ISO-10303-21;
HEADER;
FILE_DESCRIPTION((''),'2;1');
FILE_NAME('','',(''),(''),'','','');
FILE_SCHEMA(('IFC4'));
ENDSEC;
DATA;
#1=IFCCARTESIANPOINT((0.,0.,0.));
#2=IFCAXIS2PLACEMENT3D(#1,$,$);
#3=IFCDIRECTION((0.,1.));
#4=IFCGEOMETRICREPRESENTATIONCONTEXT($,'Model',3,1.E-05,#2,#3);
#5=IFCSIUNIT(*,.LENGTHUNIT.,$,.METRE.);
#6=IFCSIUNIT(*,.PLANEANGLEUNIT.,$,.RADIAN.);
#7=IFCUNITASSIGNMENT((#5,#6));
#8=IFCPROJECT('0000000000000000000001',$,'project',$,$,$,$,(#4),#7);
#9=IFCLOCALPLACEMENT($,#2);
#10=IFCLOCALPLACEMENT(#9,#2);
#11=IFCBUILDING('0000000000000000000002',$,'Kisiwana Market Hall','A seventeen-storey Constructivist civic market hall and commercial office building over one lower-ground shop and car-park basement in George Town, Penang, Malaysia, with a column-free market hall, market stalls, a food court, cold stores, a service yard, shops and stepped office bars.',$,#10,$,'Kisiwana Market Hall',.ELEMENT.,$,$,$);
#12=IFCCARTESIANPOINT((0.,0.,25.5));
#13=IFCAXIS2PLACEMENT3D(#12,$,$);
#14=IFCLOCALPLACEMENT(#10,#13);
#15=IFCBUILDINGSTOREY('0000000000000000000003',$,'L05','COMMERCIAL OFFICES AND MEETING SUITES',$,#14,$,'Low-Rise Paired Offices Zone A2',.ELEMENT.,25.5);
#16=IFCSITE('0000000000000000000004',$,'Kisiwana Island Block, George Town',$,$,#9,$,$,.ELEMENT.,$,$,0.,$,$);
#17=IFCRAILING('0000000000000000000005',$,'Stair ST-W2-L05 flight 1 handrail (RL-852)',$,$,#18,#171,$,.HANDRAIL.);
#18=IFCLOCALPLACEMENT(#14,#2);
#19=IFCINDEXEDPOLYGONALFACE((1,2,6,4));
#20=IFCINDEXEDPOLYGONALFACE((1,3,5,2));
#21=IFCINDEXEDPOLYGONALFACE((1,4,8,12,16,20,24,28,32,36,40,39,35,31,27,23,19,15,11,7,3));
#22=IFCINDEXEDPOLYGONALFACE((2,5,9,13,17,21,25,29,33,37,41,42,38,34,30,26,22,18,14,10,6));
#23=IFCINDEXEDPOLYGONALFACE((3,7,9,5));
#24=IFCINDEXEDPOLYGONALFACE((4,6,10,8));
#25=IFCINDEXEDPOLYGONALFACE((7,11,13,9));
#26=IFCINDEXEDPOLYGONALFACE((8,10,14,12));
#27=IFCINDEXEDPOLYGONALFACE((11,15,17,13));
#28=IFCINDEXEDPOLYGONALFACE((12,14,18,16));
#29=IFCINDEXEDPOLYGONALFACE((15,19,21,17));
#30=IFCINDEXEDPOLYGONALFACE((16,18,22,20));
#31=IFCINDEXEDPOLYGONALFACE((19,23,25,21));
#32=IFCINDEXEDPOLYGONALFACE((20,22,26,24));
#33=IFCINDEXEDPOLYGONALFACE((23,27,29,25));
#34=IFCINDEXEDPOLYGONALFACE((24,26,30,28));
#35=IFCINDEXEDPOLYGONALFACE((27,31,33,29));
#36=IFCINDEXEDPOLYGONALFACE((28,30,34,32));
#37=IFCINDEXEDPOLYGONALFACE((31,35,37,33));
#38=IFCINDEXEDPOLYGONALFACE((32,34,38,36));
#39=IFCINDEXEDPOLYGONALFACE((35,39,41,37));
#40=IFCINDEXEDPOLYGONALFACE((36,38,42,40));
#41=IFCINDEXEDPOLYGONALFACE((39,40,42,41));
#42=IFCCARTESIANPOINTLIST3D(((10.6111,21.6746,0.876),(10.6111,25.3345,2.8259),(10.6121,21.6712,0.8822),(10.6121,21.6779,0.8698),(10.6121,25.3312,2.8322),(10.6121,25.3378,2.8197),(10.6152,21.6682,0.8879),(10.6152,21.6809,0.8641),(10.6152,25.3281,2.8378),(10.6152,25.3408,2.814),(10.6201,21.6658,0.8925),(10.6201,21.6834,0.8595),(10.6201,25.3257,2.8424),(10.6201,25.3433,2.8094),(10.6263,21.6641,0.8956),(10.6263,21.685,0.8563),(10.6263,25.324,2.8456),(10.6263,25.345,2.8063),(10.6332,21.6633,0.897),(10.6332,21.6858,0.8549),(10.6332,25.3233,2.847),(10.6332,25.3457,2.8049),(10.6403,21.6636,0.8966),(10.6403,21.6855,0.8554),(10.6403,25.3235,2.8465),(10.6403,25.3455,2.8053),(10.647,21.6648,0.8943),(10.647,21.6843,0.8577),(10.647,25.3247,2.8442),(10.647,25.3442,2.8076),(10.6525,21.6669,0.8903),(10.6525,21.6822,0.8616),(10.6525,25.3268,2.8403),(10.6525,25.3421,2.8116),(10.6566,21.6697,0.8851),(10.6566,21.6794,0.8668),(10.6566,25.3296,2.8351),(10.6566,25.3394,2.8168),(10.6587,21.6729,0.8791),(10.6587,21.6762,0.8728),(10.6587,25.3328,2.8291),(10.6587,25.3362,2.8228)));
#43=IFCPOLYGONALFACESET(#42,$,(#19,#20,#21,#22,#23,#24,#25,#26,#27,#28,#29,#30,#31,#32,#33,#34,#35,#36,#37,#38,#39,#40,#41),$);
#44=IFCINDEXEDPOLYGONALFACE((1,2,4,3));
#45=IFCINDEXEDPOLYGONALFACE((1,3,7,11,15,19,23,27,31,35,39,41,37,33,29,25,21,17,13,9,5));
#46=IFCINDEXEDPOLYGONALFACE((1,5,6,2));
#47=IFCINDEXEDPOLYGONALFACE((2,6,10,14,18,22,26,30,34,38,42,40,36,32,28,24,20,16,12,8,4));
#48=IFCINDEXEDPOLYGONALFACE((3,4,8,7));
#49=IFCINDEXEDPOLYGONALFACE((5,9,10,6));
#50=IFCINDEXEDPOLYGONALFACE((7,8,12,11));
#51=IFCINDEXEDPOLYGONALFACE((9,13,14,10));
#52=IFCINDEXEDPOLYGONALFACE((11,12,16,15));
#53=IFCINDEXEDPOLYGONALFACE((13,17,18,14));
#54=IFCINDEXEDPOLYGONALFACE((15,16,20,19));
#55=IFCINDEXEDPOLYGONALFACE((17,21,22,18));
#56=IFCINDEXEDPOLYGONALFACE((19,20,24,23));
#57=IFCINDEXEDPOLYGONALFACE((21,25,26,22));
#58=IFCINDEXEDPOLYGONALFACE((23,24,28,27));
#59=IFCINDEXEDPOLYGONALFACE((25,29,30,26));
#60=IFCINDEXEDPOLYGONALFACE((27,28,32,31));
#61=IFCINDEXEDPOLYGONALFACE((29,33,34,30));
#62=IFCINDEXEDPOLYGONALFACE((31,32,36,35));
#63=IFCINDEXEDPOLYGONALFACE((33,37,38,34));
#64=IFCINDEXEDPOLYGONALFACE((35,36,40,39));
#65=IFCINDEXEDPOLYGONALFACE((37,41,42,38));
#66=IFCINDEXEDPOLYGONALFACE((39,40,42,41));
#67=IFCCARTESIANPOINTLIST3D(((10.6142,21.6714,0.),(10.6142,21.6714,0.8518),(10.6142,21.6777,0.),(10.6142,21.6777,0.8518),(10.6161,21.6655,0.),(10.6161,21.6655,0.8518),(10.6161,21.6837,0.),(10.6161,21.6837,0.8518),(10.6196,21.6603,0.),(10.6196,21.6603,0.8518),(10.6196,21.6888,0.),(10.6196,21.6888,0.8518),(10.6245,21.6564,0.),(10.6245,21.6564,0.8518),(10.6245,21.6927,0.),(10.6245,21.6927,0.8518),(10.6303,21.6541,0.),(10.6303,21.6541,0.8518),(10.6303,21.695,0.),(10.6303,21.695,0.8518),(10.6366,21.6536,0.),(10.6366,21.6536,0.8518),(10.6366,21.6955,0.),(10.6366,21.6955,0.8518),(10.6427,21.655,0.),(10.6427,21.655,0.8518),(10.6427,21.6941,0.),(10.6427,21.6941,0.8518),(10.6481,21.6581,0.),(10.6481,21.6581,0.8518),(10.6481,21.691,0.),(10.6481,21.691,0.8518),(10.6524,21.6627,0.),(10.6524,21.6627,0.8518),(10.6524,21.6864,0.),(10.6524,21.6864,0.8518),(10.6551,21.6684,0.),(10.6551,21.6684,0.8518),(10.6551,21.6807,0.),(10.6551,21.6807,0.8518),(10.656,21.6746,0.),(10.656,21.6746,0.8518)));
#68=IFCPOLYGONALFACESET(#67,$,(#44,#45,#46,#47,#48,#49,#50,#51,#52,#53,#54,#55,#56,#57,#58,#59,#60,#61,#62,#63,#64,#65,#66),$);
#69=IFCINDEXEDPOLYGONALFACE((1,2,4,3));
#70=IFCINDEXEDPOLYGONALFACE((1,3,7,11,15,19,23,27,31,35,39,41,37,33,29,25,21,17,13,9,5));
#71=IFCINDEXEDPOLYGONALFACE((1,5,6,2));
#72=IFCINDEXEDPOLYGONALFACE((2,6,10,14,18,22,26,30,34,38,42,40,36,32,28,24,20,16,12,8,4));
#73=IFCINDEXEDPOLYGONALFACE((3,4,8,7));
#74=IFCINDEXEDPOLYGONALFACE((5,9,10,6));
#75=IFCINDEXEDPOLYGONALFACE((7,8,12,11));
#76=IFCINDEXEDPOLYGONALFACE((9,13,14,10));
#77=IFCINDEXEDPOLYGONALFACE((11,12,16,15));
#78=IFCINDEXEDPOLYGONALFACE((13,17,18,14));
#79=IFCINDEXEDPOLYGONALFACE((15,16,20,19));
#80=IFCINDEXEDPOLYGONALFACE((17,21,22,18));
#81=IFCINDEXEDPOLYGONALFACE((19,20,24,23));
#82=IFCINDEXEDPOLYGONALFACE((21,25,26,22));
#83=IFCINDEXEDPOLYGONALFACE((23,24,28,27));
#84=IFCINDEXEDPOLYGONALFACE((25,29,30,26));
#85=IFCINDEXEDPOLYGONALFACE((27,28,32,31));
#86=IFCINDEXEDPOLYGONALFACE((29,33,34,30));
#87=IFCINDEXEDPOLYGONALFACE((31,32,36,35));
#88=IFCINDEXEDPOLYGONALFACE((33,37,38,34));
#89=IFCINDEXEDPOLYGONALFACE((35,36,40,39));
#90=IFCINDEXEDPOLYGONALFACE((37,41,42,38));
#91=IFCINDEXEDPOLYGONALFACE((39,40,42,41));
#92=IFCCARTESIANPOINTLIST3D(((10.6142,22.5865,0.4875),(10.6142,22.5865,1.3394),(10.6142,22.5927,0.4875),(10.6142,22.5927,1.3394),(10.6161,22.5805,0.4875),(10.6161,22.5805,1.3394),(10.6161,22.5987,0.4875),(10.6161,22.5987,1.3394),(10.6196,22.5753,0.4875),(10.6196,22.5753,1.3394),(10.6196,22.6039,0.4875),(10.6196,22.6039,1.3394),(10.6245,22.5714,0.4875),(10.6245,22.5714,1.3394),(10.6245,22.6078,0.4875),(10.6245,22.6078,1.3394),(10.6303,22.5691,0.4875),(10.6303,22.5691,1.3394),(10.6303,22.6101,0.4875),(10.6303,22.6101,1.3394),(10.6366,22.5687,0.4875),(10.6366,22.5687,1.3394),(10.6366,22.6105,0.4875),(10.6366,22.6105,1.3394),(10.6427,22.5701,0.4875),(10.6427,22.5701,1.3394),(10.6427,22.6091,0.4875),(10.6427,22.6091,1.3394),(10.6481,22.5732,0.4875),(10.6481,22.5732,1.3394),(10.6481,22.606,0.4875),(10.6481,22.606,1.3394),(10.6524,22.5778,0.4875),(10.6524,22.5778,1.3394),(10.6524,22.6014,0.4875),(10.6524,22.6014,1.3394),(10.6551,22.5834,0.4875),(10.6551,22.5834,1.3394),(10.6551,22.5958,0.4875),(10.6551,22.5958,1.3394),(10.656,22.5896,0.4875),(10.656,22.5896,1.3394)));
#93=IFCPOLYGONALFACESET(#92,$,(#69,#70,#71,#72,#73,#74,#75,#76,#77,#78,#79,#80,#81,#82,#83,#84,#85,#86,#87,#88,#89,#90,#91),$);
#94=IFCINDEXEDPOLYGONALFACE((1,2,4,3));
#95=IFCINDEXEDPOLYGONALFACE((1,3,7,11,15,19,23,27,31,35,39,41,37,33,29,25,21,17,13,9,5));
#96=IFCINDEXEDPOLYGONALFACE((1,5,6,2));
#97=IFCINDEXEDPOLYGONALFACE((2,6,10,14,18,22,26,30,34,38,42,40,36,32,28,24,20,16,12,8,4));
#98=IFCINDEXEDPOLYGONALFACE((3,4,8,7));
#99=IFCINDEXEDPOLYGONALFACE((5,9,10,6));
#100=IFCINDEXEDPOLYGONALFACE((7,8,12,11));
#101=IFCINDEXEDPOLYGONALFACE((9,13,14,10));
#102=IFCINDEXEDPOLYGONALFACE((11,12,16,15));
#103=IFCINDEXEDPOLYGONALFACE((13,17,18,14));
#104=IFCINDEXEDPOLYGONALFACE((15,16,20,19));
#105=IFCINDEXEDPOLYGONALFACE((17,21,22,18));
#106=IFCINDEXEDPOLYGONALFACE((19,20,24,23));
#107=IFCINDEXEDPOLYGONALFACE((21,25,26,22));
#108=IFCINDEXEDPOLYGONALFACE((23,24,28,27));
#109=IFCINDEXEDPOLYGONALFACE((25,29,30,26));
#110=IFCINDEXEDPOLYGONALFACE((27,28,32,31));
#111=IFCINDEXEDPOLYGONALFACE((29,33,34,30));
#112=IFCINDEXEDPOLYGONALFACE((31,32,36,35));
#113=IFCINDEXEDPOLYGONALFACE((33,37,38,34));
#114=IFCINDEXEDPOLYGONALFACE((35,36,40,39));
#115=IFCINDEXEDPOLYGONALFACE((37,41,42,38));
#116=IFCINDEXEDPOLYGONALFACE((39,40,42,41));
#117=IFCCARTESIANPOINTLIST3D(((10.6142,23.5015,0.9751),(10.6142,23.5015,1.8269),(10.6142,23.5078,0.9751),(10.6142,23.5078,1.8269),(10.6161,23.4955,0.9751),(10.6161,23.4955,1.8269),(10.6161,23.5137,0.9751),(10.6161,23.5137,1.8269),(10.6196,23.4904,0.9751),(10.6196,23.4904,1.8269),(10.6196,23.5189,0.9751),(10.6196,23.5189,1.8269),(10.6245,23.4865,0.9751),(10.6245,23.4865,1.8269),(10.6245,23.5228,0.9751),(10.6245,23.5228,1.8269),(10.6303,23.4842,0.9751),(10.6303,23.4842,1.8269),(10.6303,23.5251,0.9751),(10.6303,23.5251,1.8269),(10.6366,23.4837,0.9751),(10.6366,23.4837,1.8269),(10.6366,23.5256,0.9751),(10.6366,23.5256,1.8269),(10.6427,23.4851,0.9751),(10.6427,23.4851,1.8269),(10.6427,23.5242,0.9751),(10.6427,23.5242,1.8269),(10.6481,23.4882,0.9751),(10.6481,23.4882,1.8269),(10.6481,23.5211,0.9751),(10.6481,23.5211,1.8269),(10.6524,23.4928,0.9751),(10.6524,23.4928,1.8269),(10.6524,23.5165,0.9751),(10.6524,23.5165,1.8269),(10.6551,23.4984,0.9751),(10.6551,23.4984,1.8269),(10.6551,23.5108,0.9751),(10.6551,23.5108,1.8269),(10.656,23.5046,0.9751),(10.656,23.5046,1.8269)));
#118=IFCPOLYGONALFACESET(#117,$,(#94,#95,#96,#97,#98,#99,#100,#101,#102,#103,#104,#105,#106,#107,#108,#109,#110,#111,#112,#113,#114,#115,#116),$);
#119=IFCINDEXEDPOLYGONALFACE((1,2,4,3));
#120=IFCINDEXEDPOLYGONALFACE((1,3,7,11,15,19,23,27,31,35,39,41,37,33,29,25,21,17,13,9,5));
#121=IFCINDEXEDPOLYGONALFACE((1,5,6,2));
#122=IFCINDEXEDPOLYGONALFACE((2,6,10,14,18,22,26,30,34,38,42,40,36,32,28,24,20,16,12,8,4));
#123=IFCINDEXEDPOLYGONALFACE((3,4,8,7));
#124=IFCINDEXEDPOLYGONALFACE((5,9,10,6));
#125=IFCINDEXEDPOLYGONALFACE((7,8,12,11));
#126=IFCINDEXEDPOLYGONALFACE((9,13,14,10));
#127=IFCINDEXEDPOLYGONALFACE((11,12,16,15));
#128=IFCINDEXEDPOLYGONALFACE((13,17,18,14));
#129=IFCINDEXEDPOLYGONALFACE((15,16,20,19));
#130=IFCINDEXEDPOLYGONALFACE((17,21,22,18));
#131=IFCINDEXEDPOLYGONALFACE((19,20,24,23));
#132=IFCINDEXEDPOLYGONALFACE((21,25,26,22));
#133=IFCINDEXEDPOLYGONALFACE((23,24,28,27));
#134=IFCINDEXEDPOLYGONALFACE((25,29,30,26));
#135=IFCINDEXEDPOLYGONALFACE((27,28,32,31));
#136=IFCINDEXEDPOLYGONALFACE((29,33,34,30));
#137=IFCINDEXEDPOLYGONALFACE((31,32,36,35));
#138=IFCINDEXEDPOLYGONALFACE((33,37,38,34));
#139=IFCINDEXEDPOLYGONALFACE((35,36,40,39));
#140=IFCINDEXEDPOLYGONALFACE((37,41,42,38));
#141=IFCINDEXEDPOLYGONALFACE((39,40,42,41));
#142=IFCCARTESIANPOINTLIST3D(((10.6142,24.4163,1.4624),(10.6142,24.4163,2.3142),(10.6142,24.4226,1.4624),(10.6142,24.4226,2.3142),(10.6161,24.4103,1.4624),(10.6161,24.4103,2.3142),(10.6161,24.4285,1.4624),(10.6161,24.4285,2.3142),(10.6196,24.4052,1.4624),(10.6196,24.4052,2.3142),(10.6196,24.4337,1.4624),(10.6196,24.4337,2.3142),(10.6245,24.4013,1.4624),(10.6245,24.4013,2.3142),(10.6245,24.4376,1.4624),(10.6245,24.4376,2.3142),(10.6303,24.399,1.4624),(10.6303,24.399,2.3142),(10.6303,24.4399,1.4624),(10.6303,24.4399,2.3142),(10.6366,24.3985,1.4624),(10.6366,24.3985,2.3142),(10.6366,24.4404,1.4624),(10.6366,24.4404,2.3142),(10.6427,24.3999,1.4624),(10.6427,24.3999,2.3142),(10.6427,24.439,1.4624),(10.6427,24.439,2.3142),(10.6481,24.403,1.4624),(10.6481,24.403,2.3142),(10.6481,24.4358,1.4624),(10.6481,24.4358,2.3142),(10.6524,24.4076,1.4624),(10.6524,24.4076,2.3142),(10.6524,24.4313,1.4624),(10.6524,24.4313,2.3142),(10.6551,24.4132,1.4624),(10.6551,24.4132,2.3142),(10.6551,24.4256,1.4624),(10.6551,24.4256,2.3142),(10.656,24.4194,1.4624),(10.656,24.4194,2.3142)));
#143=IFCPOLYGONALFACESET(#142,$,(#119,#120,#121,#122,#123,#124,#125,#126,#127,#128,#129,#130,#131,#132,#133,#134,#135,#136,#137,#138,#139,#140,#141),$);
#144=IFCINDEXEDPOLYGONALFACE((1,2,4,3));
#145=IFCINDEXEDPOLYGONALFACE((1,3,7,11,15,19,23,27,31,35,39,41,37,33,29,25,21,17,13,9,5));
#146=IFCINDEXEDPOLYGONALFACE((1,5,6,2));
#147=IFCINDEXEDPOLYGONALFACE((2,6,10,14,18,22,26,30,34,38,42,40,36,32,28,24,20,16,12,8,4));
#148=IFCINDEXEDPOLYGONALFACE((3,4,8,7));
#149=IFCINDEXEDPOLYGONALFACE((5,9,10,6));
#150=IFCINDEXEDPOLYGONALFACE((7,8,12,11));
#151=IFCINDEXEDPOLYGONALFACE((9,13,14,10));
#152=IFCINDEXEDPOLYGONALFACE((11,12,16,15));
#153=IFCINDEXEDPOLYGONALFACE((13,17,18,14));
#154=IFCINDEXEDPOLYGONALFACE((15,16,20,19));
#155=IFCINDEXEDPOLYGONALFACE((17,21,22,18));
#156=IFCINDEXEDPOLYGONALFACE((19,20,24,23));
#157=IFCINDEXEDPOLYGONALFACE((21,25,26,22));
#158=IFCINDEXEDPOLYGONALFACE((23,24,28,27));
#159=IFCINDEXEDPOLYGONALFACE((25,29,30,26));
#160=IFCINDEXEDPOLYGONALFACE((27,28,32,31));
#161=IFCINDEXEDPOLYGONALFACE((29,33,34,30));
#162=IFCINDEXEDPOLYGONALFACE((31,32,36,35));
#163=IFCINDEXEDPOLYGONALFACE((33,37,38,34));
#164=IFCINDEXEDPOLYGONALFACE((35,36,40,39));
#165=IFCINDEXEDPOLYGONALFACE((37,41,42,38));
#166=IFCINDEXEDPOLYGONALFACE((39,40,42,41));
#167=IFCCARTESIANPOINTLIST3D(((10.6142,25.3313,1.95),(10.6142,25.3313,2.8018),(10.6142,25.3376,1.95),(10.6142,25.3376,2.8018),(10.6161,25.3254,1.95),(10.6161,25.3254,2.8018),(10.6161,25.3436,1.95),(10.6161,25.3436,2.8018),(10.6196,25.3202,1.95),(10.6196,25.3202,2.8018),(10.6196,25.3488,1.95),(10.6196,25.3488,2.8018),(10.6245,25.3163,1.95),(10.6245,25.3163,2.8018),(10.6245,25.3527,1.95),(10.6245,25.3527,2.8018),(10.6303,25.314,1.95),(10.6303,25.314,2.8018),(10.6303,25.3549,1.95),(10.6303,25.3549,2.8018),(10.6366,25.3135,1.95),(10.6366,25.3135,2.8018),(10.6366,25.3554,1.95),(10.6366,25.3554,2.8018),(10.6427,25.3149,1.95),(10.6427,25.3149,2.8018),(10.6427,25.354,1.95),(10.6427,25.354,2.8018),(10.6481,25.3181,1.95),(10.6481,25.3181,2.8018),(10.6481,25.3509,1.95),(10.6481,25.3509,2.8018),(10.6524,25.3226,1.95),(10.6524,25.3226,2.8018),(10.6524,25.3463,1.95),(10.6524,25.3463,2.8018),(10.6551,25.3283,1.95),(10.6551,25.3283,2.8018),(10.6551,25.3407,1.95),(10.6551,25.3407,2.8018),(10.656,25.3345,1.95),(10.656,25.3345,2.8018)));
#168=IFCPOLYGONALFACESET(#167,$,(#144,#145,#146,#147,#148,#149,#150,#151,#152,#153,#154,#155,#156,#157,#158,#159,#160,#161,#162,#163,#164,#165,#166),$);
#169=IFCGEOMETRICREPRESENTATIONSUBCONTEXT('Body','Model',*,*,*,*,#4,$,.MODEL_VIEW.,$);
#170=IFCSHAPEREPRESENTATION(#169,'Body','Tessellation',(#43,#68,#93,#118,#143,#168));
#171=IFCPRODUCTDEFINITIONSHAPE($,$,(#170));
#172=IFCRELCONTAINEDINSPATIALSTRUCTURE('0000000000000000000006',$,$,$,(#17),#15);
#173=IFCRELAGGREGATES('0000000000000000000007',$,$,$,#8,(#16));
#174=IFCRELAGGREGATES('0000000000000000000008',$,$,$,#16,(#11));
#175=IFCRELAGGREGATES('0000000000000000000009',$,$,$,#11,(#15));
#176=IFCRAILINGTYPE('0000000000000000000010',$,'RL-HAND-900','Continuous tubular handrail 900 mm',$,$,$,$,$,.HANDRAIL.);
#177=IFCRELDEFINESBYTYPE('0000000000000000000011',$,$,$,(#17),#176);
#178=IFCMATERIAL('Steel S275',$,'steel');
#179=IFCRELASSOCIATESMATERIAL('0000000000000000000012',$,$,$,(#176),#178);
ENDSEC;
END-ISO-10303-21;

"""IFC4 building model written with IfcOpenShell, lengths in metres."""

from ifc_helpers import new_model, si_unit, direction, frame, origin, origin_2d, place, context, subcontext, project, spatial, circle, extrude, material, type_object, element, save


model = new_model("IFC4")

# Units and contexts
model_context = context("Model", 3, precision=1e-05, world=origin(), true_north=direction((0.0, 1.0)))
body_context = subcontext(model_context, "Body", "Model", "MODEL_VIEW")
ifc_project = project(units=[si_unit("LENGTHUNIT", "METRE"), si_unit("PLANEANGLEUNIT", "RADIAN")], contexts=[model_context])

# Site, building, storey
site_placement = place(None, origin())
site = spatial("IfcSite", under=ifc_project, at=site_placement, Name="Kisiwana Island Block, George Town", CompositionType="ELEMENT", RefElevation=0.0)
building_placement = place(site_placement, origin())
building = spatial("IfcBuilding", under=site, at=building_placement, Name="Kisiwana Market Hall", Description="A seventeen-storey Constructivist civic market hall and commercial office building over one lower-ground shop and car-park basement in George Town, Penang, Malaysia, with a column-free market hall, market stalls, a food court, cold stores, a service yard, shops and stepped office bars.", LongName="Kisiwana Market Hall", CompositionType="ELEMENT")
storey_placement = place(building_placement, frame((0.0, 0.0, 25.5)))
storey = spatial("IfcBuildingStorey", under=building, at=storey_placement, Name="L05", Description="COMMERCIAL OFFICES AND MEETING SUITES", LongName="Low-Rise Paired Offices Zone A2", CompositionType="ELEMENT", Elevation=25.5)

# Railing
ifc_material_1 = material(Name="Steel S275", Category="steel")
railing_type_1 = type_object("IfcRailingType", Name="RL-HAND-900", Description="Continuous tubular handrail 900 mm", PredefinedType="HANDRAIL", material=ifc_material_1)
railing_1_placement = place(storey_placement, frame((10.635, 21.6746, 0.0)))
element("IfcRailing", 1, at=railing_1_placement, inside=storey, type_object=railing_type_1, Name="Stair ST-W2-L05 flight 1 handrail (RL-852)", PredefinedType="HANDRAIL", context=body_context, shape_type="SweptSolid", body=[
    extrude(circle(Radius=0.0239, at=origin_2d()), frame((0.0, 0.0, 0.876), z_axis=(0.0, 0.882553, 0.470212), x_axis=(-1.0, 0.0, 0.0)), (0.0, 0.0, 1.0), 4.147),
    extrude(circle(Radius=0.021, at=origin_2d()), origin(), (0.0, 0.0, 1.0), 0.8518),
    extrude(circle(Radius=0.021, at=origin_2d()), frame((0.0, 0.915, 0.4875)), (0.0, 0.0, 1.0), 0.8518),
    extrude(circle(Radius=0.021, at=origin_2d()), frame((0.0, 1.8301, 0.9751)), (0.0, 0.0, 1.0), 0.8518),
    extrude(circle(Radius=0.021, at=origin_2d()), frame((0.0, 2.7449, 1.4624)), (0.0, 0.0, 1.0), 0.8518),
    extrude(circle(Radius=0.021, at=origin_2d()), frame((0.0, 3.6599, 1.95)), (0.0, 0.0, 1.0), 0.8518),
])

save(model, "model.ifc")
